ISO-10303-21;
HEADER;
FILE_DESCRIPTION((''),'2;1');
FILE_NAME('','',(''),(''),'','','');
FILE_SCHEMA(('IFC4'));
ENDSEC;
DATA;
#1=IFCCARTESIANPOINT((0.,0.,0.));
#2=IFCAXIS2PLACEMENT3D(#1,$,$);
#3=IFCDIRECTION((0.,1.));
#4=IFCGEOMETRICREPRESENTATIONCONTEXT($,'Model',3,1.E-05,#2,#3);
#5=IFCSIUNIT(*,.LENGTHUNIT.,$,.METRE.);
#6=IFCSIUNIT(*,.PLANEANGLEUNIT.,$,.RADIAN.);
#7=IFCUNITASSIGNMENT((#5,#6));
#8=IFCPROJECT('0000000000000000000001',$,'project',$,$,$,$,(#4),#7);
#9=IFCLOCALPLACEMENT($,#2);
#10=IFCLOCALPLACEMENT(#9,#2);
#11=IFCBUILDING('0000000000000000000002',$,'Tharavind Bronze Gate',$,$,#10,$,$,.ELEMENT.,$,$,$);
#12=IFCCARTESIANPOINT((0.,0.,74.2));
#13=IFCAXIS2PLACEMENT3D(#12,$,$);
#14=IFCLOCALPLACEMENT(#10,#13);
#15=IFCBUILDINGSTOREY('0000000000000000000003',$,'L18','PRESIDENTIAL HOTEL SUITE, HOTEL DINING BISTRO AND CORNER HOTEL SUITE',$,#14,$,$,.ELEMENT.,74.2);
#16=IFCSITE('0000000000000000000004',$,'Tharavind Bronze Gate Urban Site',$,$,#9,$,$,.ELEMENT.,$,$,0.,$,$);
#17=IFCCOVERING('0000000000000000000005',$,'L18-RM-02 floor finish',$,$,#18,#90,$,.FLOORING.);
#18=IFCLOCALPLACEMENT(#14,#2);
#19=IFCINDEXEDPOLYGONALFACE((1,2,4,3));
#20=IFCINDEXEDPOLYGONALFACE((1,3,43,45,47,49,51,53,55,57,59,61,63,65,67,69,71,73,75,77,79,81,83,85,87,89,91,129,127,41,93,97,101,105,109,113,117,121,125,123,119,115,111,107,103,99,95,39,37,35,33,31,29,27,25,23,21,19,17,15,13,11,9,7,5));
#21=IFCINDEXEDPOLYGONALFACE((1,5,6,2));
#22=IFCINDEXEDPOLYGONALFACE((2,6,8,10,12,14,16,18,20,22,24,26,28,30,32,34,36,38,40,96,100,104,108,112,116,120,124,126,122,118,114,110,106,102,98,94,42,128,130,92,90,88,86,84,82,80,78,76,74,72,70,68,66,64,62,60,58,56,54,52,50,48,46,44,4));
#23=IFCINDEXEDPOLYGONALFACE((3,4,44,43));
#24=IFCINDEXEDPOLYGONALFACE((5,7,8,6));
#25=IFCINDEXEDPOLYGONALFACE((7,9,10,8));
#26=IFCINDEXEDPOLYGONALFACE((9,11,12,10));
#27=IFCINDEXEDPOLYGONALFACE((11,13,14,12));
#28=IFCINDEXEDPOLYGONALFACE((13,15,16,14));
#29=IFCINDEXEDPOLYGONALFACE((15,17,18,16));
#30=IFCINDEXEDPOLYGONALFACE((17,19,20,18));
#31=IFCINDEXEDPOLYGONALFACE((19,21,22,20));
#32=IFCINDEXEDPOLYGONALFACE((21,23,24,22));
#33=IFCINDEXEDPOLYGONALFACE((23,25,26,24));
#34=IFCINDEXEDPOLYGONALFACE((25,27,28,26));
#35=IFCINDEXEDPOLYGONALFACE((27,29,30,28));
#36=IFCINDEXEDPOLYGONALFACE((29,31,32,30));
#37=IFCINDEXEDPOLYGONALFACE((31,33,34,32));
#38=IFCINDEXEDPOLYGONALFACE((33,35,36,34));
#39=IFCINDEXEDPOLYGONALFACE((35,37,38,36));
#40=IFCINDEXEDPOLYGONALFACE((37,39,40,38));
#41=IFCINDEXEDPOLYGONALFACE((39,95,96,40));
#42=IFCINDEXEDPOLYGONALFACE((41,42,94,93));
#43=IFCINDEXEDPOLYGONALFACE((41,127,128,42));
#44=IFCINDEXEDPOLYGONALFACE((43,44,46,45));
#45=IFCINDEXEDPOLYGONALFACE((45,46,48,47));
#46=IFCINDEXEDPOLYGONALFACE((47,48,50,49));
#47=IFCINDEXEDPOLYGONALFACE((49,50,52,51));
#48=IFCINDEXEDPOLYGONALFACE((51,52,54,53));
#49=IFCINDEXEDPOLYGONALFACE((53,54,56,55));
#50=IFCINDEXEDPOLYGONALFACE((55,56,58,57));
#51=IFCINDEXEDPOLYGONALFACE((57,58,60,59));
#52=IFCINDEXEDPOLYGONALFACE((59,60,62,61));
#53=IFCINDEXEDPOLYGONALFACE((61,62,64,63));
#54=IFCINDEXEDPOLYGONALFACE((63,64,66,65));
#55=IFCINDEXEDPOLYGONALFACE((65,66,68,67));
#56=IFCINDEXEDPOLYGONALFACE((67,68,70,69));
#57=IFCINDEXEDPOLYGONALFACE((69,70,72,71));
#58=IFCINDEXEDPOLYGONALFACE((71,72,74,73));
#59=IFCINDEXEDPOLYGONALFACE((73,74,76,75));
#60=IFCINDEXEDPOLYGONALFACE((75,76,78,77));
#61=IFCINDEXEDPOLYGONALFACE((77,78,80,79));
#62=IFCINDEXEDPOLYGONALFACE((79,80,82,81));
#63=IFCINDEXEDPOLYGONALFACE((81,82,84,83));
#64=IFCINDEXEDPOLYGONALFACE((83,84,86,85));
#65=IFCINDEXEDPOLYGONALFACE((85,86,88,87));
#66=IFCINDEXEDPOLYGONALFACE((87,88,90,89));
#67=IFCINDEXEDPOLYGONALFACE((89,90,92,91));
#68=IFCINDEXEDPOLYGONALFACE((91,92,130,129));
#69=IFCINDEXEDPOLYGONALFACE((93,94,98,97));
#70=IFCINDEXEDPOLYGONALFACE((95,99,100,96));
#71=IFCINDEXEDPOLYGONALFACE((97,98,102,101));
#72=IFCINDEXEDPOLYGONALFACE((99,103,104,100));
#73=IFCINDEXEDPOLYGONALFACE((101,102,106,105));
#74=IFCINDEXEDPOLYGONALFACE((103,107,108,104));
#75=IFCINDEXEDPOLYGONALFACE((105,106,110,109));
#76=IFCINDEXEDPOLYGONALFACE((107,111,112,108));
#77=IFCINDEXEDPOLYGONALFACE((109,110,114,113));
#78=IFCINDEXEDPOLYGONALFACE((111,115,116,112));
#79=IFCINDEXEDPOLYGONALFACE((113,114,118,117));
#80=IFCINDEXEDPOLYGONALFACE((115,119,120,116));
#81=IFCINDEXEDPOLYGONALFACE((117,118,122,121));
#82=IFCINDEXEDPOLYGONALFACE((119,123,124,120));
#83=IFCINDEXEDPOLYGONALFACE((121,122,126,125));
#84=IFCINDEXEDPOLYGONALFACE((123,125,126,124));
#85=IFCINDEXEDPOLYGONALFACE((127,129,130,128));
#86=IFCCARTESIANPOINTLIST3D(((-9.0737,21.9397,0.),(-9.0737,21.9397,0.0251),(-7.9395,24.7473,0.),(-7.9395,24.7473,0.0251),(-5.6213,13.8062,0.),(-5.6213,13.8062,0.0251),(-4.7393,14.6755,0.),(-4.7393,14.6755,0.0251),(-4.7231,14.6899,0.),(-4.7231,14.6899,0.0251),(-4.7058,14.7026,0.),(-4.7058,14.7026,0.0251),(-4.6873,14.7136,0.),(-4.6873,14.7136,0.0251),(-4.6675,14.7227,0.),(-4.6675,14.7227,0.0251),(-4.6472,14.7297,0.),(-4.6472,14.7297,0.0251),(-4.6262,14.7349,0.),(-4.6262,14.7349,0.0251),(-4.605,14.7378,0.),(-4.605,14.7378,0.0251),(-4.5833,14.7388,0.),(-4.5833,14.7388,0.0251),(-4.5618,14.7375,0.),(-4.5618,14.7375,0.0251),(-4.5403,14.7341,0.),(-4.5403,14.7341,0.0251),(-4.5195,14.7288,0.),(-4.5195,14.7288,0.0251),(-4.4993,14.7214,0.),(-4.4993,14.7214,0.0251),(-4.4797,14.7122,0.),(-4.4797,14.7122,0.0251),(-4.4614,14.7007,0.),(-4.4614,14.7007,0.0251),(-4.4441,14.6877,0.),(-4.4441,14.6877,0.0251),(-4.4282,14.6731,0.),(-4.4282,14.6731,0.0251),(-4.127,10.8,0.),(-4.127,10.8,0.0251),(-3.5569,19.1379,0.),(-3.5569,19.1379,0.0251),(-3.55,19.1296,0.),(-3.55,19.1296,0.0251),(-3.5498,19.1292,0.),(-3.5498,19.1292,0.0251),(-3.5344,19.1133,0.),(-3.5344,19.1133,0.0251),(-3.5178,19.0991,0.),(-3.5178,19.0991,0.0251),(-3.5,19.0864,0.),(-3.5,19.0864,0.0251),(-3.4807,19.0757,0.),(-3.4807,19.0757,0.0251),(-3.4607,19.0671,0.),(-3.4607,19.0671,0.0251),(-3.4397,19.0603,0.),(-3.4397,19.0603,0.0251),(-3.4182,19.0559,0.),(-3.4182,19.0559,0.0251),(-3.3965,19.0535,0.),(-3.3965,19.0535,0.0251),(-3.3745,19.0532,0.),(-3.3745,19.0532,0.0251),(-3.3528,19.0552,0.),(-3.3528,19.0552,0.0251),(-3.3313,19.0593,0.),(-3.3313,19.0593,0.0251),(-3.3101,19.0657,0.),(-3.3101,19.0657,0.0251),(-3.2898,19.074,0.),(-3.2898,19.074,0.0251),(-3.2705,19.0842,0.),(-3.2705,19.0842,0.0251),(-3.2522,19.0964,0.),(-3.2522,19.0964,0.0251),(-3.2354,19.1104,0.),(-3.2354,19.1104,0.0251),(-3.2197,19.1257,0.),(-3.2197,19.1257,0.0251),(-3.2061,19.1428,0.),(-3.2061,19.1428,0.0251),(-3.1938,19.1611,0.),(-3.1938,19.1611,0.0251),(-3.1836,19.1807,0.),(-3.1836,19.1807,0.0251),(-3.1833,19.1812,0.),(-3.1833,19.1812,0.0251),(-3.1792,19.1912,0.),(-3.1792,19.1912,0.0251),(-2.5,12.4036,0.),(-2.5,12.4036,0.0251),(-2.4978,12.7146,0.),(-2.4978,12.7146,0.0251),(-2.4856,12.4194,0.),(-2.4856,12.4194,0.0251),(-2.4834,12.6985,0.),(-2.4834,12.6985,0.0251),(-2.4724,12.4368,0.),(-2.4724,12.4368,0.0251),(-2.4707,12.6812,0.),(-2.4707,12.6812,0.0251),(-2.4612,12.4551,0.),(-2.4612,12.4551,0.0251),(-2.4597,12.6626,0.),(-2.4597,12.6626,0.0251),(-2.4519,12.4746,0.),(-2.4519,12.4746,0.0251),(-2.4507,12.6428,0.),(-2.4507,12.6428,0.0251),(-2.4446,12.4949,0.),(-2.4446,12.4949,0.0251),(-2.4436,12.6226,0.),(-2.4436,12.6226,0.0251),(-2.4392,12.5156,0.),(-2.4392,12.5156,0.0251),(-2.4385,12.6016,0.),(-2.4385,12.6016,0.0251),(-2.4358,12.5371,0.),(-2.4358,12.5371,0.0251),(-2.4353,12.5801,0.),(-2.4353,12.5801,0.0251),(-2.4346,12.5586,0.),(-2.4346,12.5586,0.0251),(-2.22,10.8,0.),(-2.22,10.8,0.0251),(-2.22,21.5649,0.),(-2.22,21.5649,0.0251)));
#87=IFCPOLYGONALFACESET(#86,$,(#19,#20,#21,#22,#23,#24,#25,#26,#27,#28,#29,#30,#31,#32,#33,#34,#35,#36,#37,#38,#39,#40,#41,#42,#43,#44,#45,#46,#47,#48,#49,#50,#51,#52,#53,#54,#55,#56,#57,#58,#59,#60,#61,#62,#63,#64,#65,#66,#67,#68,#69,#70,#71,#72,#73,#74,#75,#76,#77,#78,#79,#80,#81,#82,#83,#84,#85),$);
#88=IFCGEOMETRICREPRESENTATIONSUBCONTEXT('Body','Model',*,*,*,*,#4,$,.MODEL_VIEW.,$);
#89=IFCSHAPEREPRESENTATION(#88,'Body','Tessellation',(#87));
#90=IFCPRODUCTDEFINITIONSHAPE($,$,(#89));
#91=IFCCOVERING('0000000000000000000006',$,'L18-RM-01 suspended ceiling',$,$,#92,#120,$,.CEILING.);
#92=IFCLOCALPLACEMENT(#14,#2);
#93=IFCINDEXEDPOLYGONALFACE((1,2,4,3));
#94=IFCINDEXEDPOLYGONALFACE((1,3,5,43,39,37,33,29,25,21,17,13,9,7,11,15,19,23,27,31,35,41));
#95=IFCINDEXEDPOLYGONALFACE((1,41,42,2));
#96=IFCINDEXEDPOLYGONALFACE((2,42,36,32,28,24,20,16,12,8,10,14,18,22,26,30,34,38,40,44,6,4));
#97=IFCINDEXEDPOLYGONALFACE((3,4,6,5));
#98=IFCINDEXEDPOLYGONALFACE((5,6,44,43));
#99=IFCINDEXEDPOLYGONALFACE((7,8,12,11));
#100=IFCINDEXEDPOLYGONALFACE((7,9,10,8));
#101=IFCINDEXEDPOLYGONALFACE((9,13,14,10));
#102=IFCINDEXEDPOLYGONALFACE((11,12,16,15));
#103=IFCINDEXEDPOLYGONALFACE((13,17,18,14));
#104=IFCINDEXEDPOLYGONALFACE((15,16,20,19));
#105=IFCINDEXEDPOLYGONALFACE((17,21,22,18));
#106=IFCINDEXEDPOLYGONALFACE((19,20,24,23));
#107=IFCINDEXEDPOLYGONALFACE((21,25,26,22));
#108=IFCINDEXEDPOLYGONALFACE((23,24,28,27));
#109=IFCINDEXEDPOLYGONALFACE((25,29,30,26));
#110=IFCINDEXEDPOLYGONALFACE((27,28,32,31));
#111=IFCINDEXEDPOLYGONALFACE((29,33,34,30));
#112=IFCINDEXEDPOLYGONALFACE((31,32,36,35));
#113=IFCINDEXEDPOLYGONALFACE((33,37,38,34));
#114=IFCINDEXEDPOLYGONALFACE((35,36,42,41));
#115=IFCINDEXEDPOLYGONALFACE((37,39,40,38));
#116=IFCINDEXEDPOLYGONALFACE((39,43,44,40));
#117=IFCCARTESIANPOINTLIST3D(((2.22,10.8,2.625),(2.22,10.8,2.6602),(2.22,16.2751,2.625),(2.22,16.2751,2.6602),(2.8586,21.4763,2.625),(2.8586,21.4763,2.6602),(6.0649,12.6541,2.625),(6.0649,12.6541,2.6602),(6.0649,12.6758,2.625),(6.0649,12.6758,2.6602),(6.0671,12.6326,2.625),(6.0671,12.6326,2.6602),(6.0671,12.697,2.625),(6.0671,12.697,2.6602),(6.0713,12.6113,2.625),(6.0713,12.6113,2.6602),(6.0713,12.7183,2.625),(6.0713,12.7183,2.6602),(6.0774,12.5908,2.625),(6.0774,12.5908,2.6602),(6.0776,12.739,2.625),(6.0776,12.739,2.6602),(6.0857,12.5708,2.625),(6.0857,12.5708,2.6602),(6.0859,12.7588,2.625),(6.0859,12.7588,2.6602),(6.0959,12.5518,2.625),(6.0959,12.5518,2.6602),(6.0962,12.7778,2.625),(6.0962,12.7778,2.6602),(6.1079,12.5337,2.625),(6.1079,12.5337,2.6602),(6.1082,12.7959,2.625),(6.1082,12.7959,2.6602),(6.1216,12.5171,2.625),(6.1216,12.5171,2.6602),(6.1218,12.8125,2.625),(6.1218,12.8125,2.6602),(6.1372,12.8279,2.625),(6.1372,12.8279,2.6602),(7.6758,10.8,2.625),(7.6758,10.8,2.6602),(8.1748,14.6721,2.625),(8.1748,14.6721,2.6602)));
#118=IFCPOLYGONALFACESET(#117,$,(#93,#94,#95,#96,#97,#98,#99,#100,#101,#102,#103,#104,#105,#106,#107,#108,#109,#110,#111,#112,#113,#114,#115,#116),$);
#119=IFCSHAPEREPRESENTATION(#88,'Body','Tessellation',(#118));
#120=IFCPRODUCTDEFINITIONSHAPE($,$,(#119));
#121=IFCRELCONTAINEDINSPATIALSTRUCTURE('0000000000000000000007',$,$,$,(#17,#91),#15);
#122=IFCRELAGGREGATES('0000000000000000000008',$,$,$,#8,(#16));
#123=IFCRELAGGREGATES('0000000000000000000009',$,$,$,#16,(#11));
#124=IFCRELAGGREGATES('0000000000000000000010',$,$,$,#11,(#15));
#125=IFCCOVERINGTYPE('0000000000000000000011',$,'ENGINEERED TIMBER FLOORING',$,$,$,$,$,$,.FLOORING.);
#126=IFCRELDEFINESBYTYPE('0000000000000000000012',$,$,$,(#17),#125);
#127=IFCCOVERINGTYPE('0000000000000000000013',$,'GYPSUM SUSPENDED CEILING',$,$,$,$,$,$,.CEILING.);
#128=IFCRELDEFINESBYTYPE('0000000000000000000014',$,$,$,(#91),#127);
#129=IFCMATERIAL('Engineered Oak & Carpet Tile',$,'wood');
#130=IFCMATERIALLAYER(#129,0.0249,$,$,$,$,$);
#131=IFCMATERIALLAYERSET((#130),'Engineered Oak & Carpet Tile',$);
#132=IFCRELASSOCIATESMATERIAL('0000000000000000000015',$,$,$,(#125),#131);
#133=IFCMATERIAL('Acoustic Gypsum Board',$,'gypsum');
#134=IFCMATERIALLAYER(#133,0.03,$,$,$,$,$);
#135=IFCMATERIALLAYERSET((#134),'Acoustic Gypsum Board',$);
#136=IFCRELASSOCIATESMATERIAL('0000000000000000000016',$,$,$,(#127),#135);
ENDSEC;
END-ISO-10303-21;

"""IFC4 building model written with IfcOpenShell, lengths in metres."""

from ifc_helpers import new_model, si_unit, direction, frame, origin, place, context, subcontext, project, spatial, polyline, outline, extrude, material, layer, layer_set, type_object, element, save


model = new_model("IFC4")

# Units and contexts
model_context = context("Model", 3, precision=1e-05, world=origin(), true_north=direction((0.0, 1.0)))
body_context = subcontext(model_context, "Body", "Model", "MODEL_VIEW")
ifc_project = project(units=[si_unit("LENGTHUNIT", "METRE"), si_unit("PLANEANGLEUNIT", "RADIAN")], contexts=[model_context])

# Site, building, storey
site_placement = place(None, origin())
site = spatial("IfcSite", under=ifc_project, at=site_placement, Name="Tharavind Bronze Gate Urban Site", CompositionType="ELEMENT", RefElevation=0.0)
building_placement = place(site_placement, origin())
building = spatial("IfcBuilding", under=site, at=building_placement, Name="Tharavind Bronze Gate", CompositionType="ELEMENT")
storey_placement = place(building_placement, frame((0.0, 0.0, 74.2)))
storey = spatial("IfcBuildingStorey", under=building, at=storey_placement, Name="L18", Description="PRESIDENTIAL HOTEL SUITE, HOTEL DINING BISTRO AND CORNER HOTEL SUITE", CompositionType="ELEMENT", Elevation=74.2)

# Coverings
ifc_material_1 = material(Name="Engineered Oak & Carpet Tile", Category="wood")
ifc_layer_1 = layer(ifc_material_1, 0.0249)
ifc_layer_set_1 = layer_set([ifc_layer_1], Name="Engineered Oak & Carpet Tile")
covering_type_1 = type_object("IfcCoveringType", Name="ENGINEERED TIMBER FLOORING", PredefinedType="FLOORING", material=ifc_layer_set_1)
covering_1_placement = place(storey_placement, origin())
element("IfcCovering", 1, at=covering_1_placement, inside=storey, type_object=covering_type_1, Name="L18-RM-02 floor finish", PredefinedType="FLOORING", context=body_context, shape_type="SweptSolid", body=[
    extrude(outline(polyline([(-5.6213, 13.8062), (-4.7393, 14.6755), (-4.7231, 14.6899), (-4.7058, 14.7026), (-4.6873, 14.7136), (-4.6675, 14.7227), (-4.6472, 14.7297), (-4.6262, 14.7349), (-4.605, 14.7378), (-4.5833, 14.7388), (-4.5618, 14.7375), (-4.5403, 14.7341), (-4.5195, 14.7288), (-4.4993, 14.7214), (-4.4797, 14.7122), (-4.4614, 14.7007), (-4.4441, 14.6877), (-4.4282, 14.6731), (-2.4978, 12.7146), (-2.4834, 12.6985), (-2.4707, 12.6812), (-2.4597, 12.6626), (-2.4507, 12.6428), (-2.4436, 12.6226), (-2.4385, 12.6016), (-2.4353, 12.5801), (-2.4346, 12.5586), (-2.4358, 12.5371), (-2.4392, 12.5156), (-2.4446, 12.4949), (-2.4519, 12.4746), (-2.4612, 12.4551), (-2.4724, 12.4368), (-2.4856, 12.4194), (-2.5, 12.4036), (-4.127, 10.8), (-2.22, 10.8), (-2.22, 21.5649), (-3.1792, 19.1912), (-3.1833, 19.1812), (-3.1836, 19.1807), (-3.1938, 19.1611), (-3.2061, 19.1428), (-3.2197, 19.1257), (-3.2354, 19.1104), (-3.2522, 19.0964), (-3.2705, 19.0842), (-3.2898, 19.074), (-3.3101, 19.0657), (-3.3313, 19.0593), (-3.3528, 19.0552), (-3.3745, 19.0532), (-3.3965, 19.0535), (-3.4182, 19.0559), (-3.4397, 19.0603), (-3.4607, 19.0671), (-3.4807, 19.0757), (-3.5, 19.0864), (-3.5178, 19.0991), (-3.5344, 19.1133), (-3.5498, 19.1292), (-3.55, 19.1296), (-3.5569, 19.1379), (-7.9395, 24.7473), (-9.0737, 21.9397), (-5.6213, 13.8062)])), origin(), (0.0, 0.0, 1.0), 0.0251),
])
ifc_material_2 = material(Name="Acoustic Gypsum Board", Category="gypsum")
ifc_layer_2 = layer(ifc_material_2, 0.03)
ifc_layer_set_2 = layer_set([ifc_layer_2], Name="Acoustic Gypsum Board")
covering_type_2 = type_object("IfcCoveringType", Name="GYPSUM SUSPENDED CEILING", PredefinedType="CEILING", material=ifc_layer_set_2)
covering_2_placement = place(storey_placement, frame((0.0, 0.0, 2.625)))
element("IfcCovering", 2, at=covering_2_placement, inside=storey, type_object=covering_type_2, Name="L18-RM-01 suspended ceiling", PredefinedType="CEILING", context=body_context, shape_type="SweptSolid", body=[
    extrude(outline(polyline([(7.6758, 10.8), (6.1216, 12.5171), (6.1079, 12.5337), (6.0959, 12.5518), (6.0857, 12.5708), (6.0774, 12.5908), (6.0713, 12.6113), (6.0671, 12.6326), (6.0649, 12.6541), (6.0649, 12.6758), (6.0671, 12.697), (6.0713, 12.7183), (6.0776, 12.739), (6.0859, 12.7588), (6.0962, 12.7778), (6.1082, 12.7959), (6.1218, 12.8125), (6.1372, 12.8279), (8.1748, 14.6721), (2.8586, 21.4763), (2.22, 16.2751), (2.22, 10.8), (7.6758, 10.8)])), origin(), (0.0, 0.0, 1.0), 0.0352),
])

save(model, "model.ifc")
